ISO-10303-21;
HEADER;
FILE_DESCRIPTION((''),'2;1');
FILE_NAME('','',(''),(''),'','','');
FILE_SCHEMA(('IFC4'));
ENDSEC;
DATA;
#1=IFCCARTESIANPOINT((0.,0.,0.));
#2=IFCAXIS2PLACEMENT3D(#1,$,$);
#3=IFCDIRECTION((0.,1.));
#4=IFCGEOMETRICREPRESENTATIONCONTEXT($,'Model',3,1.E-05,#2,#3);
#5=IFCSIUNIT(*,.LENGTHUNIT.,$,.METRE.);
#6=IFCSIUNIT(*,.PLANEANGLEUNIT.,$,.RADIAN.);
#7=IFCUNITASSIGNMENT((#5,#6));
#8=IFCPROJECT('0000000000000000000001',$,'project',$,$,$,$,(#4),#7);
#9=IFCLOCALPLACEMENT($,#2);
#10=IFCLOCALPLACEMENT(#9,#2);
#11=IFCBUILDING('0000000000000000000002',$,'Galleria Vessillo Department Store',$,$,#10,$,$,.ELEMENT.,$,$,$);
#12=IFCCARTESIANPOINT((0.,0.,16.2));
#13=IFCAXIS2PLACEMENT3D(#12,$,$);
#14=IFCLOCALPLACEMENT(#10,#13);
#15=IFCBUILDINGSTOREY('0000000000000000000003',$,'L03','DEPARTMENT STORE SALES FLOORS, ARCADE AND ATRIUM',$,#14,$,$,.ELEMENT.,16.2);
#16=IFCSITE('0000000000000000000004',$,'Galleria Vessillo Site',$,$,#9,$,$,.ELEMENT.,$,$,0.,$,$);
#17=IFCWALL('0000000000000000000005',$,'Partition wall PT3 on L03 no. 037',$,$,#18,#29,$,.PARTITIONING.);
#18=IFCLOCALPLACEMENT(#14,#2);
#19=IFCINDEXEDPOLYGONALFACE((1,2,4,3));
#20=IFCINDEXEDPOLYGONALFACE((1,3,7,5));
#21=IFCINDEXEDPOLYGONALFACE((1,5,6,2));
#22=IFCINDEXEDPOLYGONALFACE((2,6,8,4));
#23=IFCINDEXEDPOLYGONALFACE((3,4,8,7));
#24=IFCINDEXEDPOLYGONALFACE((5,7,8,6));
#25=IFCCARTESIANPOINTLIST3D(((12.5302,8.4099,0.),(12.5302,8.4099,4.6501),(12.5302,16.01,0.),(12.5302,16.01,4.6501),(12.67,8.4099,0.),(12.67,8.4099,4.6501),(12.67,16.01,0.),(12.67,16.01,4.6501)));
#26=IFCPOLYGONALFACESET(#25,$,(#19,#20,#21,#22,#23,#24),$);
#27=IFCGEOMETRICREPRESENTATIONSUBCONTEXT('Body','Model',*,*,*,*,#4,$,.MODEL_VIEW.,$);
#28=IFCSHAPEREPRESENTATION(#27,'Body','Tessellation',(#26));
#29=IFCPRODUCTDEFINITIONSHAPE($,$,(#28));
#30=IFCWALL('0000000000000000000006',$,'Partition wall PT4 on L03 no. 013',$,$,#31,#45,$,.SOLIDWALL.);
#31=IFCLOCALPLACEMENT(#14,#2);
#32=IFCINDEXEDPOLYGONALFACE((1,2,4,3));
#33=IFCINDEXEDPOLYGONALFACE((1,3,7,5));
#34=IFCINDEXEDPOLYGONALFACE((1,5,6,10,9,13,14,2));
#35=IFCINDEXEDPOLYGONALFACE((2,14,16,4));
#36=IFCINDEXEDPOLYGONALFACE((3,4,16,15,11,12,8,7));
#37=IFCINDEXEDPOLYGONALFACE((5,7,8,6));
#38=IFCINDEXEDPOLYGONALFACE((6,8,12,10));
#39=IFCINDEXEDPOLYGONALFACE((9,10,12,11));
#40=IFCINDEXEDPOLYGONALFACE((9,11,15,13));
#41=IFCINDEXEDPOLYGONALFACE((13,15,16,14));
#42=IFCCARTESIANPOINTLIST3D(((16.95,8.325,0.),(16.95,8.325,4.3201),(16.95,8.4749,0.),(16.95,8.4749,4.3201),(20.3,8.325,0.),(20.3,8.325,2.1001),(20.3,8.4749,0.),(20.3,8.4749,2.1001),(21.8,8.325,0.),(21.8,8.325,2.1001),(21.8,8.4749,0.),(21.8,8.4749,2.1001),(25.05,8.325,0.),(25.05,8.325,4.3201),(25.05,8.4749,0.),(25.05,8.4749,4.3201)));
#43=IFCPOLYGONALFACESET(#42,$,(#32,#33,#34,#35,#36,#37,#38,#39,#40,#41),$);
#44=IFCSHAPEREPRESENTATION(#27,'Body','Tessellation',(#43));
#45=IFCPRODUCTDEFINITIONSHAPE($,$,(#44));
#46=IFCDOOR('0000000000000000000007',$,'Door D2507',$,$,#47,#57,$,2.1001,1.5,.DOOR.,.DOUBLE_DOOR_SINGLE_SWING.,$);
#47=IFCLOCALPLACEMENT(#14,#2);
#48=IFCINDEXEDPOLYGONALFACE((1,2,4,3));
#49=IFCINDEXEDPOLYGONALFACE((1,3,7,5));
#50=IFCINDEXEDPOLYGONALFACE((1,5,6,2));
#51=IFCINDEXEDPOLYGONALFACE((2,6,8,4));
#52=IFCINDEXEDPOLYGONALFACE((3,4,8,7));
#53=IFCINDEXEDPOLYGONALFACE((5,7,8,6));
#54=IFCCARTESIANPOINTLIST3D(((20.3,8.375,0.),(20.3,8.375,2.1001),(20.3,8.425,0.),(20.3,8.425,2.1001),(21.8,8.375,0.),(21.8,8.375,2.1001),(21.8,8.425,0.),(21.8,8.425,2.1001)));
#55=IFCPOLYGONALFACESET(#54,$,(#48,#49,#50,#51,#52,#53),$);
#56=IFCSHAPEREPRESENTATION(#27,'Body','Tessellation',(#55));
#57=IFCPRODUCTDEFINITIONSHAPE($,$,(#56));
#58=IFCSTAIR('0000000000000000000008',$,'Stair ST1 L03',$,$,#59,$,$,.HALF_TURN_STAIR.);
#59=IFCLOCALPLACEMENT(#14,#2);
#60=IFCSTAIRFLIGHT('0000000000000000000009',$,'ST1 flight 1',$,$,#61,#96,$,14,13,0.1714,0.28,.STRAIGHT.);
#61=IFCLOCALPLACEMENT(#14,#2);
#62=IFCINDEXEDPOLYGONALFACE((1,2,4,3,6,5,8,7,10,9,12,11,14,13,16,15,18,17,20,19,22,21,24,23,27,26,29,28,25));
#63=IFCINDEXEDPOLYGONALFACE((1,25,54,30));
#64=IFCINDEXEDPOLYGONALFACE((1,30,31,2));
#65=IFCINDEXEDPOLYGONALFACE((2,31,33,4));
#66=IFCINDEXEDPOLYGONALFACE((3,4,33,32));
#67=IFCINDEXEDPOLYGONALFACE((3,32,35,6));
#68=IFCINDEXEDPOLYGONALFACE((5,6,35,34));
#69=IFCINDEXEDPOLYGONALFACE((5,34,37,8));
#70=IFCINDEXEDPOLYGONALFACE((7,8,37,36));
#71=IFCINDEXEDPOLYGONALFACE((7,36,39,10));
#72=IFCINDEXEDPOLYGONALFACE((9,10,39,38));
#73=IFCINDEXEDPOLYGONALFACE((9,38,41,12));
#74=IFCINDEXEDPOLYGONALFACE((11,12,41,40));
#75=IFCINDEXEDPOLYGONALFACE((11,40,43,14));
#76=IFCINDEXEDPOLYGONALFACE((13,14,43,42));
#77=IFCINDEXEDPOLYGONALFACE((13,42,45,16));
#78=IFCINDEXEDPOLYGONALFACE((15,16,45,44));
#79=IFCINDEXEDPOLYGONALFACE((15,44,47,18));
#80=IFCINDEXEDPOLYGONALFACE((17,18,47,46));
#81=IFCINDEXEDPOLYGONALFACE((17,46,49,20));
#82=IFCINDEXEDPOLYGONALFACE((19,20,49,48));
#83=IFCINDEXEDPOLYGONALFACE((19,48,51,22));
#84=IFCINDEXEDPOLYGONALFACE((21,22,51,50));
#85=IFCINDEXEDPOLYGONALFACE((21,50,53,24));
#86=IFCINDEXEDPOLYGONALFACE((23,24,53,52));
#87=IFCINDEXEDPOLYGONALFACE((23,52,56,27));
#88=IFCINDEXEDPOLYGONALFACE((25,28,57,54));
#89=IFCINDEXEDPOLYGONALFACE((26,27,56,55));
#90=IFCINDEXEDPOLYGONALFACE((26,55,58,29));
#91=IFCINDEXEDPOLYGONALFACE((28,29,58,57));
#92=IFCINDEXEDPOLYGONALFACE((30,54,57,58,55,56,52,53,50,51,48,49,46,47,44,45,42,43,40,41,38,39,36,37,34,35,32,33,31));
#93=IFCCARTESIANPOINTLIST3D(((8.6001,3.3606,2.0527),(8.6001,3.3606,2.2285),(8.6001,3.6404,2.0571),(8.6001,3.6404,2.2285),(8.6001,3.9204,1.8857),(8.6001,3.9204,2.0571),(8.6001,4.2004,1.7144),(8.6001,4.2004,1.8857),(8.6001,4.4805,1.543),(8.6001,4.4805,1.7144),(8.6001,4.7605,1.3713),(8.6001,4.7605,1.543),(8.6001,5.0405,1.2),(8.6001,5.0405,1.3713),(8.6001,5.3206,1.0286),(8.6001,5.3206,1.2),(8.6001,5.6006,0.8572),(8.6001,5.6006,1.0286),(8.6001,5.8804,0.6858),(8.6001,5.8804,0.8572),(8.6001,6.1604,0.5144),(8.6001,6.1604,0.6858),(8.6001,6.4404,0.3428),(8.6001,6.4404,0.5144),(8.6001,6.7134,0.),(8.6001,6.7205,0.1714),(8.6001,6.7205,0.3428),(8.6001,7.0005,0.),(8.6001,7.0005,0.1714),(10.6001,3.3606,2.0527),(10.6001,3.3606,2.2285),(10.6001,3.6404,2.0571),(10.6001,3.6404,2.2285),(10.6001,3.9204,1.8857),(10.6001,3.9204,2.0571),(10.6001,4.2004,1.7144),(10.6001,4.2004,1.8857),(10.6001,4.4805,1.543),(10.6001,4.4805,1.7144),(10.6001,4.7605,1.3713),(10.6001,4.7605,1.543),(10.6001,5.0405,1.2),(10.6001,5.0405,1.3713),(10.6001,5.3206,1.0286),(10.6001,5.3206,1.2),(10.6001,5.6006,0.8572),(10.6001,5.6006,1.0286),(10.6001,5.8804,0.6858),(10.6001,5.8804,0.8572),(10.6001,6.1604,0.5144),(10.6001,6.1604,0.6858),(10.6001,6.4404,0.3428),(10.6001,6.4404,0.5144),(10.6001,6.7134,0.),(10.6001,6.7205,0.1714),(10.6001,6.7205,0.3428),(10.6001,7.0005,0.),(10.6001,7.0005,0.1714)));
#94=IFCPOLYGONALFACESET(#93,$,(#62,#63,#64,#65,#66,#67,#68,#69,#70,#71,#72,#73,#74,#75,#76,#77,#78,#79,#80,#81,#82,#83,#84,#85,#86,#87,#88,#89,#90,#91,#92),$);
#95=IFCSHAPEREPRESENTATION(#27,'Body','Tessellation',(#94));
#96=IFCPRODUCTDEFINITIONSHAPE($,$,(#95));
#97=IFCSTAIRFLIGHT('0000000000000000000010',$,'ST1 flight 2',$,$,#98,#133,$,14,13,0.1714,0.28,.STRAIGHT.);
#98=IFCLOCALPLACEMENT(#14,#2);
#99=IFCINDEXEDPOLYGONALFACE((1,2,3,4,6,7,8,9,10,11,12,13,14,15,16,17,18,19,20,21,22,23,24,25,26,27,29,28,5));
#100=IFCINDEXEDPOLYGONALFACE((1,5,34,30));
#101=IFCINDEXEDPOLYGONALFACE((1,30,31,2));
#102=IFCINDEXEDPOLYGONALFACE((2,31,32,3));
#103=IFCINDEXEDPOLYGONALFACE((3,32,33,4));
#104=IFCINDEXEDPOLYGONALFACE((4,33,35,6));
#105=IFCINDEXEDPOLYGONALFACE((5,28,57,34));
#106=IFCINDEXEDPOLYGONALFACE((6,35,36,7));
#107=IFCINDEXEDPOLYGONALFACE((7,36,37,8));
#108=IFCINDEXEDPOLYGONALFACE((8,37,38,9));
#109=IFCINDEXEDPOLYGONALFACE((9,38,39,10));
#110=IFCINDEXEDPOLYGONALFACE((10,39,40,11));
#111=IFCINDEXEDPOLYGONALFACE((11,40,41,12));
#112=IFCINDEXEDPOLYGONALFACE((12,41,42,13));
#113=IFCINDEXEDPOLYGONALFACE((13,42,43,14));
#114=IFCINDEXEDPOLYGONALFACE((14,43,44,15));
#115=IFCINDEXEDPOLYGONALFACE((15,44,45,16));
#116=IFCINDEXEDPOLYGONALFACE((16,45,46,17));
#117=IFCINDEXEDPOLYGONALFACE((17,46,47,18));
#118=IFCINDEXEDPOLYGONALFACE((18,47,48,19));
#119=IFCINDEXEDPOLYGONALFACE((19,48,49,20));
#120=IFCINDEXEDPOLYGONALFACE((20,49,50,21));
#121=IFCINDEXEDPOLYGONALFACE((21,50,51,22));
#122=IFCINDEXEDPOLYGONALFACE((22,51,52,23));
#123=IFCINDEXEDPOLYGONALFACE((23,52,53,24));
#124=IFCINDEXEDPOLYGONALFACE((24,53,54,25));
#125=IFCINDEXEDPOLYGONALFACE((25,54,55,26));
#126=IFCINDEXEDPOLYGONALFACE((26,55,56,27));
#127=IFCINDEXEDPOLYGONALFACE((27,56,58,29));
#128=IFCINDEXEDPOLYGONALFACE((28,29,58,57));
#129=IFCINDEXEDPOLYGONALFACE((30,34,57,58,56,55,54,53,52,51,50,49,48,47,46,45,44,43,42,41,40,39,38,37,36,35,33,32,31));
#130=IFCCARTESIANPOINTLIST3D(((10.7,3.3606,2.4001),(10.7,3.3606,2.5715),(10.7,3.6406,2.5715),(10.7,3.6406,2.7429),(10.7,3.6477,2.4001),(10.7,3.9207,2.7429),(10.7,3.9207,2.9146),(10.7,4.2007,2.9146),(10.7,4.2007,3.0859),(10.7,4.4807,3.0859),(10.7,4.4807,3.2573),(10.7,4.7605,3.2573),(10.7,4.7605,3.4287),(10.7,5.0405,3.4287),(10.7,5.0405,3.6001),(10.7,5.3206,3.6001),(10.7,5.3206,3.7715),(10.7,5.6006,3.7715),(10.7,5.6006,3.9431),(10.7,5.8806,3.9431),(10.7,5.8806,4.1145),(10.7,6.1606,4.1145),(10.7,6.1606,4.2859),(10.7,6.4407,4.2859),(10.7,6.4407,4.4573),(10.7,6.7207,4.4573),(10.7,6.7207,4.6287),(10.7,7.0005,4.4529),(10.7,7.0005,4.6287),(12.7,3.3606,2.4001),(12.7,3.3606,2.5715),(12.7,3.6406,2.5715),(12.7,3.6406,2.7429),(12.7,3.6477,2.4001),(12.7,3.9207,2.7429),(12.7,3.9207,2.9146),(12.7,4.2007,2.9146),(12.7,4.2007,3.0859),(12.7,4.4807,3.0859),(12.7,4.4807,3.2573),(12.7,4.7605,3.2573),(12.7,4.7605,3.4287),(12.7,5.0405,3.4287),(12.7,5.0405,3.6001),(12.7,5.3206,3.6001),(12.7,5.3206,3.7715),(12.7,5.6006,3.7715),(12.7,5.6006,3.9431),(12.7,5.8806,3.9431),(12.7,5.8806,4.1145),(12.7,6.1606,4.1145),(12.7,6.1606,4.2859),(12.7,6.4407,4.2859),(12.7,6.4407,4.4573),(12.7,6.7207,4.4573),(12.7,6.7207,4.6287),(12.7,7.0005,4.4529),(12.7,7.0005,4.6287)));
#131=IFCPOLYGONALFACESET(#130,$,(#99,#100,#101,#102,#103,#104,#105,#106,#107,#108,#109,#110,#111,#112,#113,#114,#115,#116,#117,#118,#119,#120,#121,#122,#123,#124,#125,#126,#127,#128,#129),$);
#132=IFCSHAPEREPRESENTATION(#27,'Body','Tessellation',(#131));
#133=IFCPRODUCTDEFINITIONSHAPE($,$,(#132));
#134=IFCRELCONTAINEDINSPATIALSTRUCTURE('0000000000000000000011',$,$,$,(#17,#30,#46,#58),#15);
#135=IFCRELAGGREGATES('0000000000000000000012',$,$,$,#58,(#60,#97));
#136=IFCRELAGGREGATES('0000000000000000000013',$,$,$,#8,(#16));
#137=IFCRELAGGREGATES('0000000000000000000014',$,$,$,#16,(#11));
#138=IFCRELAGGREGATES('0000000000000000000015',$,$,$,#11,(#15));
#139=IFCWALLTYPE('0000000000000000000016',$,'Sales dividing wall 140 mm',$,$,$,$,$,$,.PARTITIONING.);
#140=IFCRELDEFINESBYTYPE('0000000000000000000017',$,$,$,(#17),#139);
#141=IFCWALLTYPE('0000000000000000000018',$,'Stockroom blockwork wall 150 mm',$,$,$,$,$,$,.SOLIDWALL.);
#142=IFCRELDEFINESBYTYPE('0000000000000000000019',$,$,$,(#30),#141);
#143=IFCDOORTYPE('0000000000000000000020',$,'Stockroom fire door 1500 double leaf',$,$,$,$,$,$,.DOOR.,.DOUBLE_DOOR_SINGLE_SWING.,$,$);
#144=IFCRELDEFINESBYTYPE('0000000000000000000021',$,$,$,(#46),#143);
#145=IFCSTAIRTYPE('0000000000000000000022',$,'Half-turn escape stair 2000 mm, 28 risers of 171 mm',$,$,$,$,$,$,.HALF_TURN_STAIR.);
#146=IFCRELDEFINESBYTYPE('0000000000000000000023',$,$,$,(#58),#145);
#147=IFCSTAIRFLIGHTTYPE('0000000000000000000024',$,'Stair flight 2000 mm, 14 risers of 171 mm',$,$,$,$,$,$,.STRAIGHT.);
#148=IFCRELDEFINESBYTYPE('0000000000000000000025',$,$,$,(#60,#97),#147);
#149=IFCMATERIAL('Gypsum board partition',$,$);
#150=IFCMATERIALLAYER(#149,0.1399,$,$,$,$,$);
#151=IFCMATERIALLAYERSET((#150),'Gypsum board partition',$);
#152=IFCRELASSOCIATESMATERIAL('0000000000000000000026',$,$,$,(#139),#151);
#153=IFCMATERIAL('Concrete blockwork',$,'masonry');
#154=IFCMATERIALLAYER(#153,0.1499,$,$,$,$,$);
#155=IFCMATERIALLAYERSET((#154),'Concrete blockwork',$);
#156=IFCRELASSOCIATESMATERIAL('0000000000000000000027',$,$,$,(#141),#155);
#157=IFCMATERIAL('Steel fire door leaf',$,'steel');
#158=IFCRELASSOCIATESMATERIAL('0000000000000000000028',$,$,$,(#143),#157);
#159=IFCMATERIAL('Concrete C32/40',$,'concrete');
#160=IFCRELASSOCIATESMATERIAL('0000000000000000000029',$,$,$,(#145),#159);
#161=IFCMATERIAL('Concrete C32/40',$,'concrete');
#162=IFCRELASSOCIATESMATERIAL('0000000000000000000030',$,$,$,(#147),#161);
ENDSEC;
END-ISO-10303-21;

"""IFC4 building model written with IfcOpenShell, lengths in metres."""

from ifc_helpers import new_model, si_unit, direction, frame, frame_2d, origin, place, context, subcontext, project, spatial, polyline, rectangle, outline, extrude, material, layer, layer_set, type_object, element, fill, aggregate, save


model = new_model("IFC4")

# Units and contexts
model_context = context("Model", 3, precision=1e-05, world=origin(), true_north=direction((0.0, 1.0)))
body_context = subcontext(model_context, "Body", "Model", "MODEL_VIEW")
ifc_project = project(units=[si_unit("LENGTHUNIT", "METRE"), si_unit("PLANEANGLEUNIT", "RADIAN")], contexts=[model_context])

# Site, building, storey
site_placement = place(None, origin())
site = spatial("IfcSite", under=ifc_project, at=site_placement, Name="Galleria Vessillo Site", CompositionType="ELEMENT", RefElevation=0.0)
building_placement = place(site_placement, origin())
building = spatial("IfcBuilding", under=site, at=building_placement, Name="Galleria Vessillo Department Store", CompositionType="ELEMENT")
storey_placement = place(building_placement, frame((0.0, 0.0, 16.2)))
storey = spatial("IfcBuildingStorey", under=building, at=storey_placement, Name="L03", Description="DEPARTMENT STORE SALES FLOORS, ARCADE AND ATRIUM", CompositionType="ELEMENT", Elevation=16.2)

# Wall
ifc_material_1 = material(Name="Gypsum board partition")
ifc_layer_1 = layer(ifc_material_1, 0.1399)
ifc_layer_set_1 = layer_set([ifc_layer_1], Name="Gypsum board partition")
wall_type_1 = type_object("IfcWallType", Name="Sales dividing wall 140 mm", PredefinedType="PARTITIONING", material=ifc_layer_set_1)
wall_1_placement = place(storey_placement, frame((12.6001, 8.4099, 0.0), z_axis=(0.0, 0.0, 1.0), x_axis=(0.0, 1.0, 0.0)))
element("IfcWall", 1, at=wall_1_placement, inside=storey, type_object=wall_type_1, Name="Partition wall PT3 on L03 no. 037", PredefinedType="PARTITIONING", context=body_context, shape_type="SweptSolid", body=[
    extrude(rectangle(XDim=7.6001, YDim=0.1399, at=frame_2d((3.8, 0.0))), origin(), (0.0, 0.0, 1.0), 4.6501),
])

# Wall, opening, door
ifc_material_2 = material(Name="Concrete blockwork", Category="masonry")
ifc_layer_2 = layer(ifc_material_2, 0.1499)
ifc_layer_set_2 = layer_set([ifc_layer_2], Name="Concrete blockwork")
wall_type_2 = type_object("IfcWallType", Name="Stockroom blockwork wall 150 mm", PredefinedType="SOLIDWALL", material=ifc_layer_set_2)
wall_2_placement = place(storey_placement, frame((16.95, 8.3999, 0.0), z_axis=(0.0, 0.0, 1.0), x_axis=(1.0, 0.0, 0.0)))
wall_2 = element("IfcWall", 2, at=wall_2_placement, inside=storey, type_object=wall_type_2, Name="Partition wall PT4 on L03 no. 013", PredefinedType="SOLIDWALL", context=body_context, shape_type="SweptSolid", body=[
    extrude(rectangle(XDim=8.1001, YDim=0.1499, at=frame_2d((4.05, 0.0))), origin(), (0.0, 0.0, 1.0), 4.3201),
])
opening_1_placement = place(wall_2_placement, frame((3.3501, 0.0, 0.0)))
opening_1 = element("IfcOpeningElement", 3, at=opening_1_placement, cuts=wall_2, PredefinedType="OPENING", context=body_context, shape_type="SweptSolid", body=[
    extrude(rectangle(XDim=1.5, YDim=2.1001, at=frame_2d((0.75, 1.05))), frame((0.0, 0.085, 0.0), z_axis=(0.0, -1.0, 0.0), x_axis=(1.0, 0.0, 0.0)), (0.0, 0.0, 1.0), 0.1699),
])
ifc_material_3 = material(Name="Steel fire door leaf", Category="steel")
door_type_1 = type_object("IfcDoorType", Name="Stockroom fire door 1500 double leaf", OperationType="DOUBLE_DOOR_SINGLE_SWING", PredefinedType="DOOR", material=ifc_material_3)
door_1_placement = place(opening_1_placement, frame((1.5, 0.0, 0.0), z_axis=(0.0, 0.0, 1.0), x_axis=(-1.0, 0.0, 0.0)))
door_1 = element("IfcDoor", 4, at=door_1_placement, inside=storey, type_object=door_type_1, Name="Door D2507", OperationType="DOUBLE_DOOR_SINGLE_SWING", OverallHeight=2.1001, OverallWidth=1.5, PredefinedType="DOOR", context=body_context, shape_type="SweptSolid", body=[
    extrude(rectangle(XDim=1.5, YDim=2.1001, at=frame_2d((0.75, 1.05))), frame((0.0, 0.0249, 0.0), z_axis=(0.0, -1.0, 0.0), x_axis=(1.0, 0.0, 0.0)), (0.0, 0.0, 1.0), 0.05),
])
fill(opening_1, door_1)

# Stair, stair flights
ifc_material_4 = material(Name="Concrete C32/40", Category="concrete")
stair_type = type_object("IfcStairType", Name="Half-turn escape stair 2000 mm, 28 risers of 171 mm", PredefinedType="HALF_TURN_STAIR", material=ifc_material_4)
stair_placement = place(storey_placement, origin())
stair = element("IfcStair", 5, at=stair_placement, inside=storey, type_object=stair_type, Name="Stair ST1 L03", PredefinedType="HALF_TURN_STAIR")
ifc_material_5 = material(Name="Concrete C32/40", Category="concrete")
stair_flight_type = type_object("IfcStairFlightType", Name="Stair flight 2000 mm, 14 risers of 171 mm", PredefinedType="STRAIGHT", material=ifc_material_5)
stair_flight_1_placement = place(storey_placement, frame((9.6001, 7.0005, 0.0), z_axis=(0.0, 0.0, 1.0), x_axis=(0.0, -1.0, 0.0)))
stair_flight_1 = element("IfcStairFlight", 6, at=stair_flight_1_placement, type_object=stair_flight_type, Name="ST1 flight 1", NumberOfRisers=14, NumberOfTreads=13, PredefinedType="STRAIGHT", RiserHeight=0.1714, TreadLength=0.28, context=body_context, shape_type="SweptSolid", body=[
    extrude(outline(polyline([(0.0, 0.0), (0.0, 0.1714), (0.28, 0.1714), (0.28, 0.3428), (0.5601, 0.3428), (0.5601, 0.5144), (0.8401, 0.5144), (0.8401, 0.6858), (1.1201, 0.6858), (1.1201, 0.8572), (1.3999, 0.8572), (1.3999, 1.0286), (1.6799, 1.0286), (1.6799, 1.2), (1.96, 1.2), (1.96, 1.3713), (2.24, 1.3713), (2.24, 1.543), (2.52, 1.543), (2.52, 1.7144), (2.8, 1.7144), (2.8, 1.8857), (3.0801, 1.8857), (3.0801, 2.0571), (3.3601, 2.0571), (3.3601, 2.2285), (3.6399, 2.2285), (3.6399, 2.3999), (3.6399, 2.0527), (0.2871, 0.0), (0.0, 0.0)])), frame((0.0, 1.0, 0.0), z_axis=(0.0, -1.0, 0.0), x_axis=(1.0, 0.0, 0.0)), (0.0, 0.0, 1.0), 2.0),
])
stair_flight_2_placement = place(storey_placement, frame((11.7, 3.3606, 2.4001), z_axis=(0.0, 0.0, 1.0), x_axis=(0.0, 1.0, 0.0)))
stair_flight_2 = element("IfcStairFlight", 7, at=stair_flight_2_placement, type_object=stair_flight_type, Name="ST1 flight 2", NumberOfRisers=14, NumberOfTreads=13, PredefinedType="STRAIGHT", RiserHeight=0.1714, TreadLength=0.28, context=body_context, shape_type="SweptSolid", body=[
    extrude(outline(polyline([(0.0, 0.0), (0.0, 0.1714), (0.28, 0.1714), (0.28, 0.3428), (0.5601, 0.3428), (0.5601, 0.5144), (0.8401, 0.5144), (0.8401, 0.6858), (1.1201, 0.6858), (1.1201, 0.8572), (1.3999, 0.8572), (1.3999, 1.0286), (1.6799, 1.0286), (1.6799, 1.2), (1.96, 1.2), (1.96, 1.3713), (2.24, 1.3713), (2.24, 1.543), (2.52, 1.543), (2.52, 1.7144), (2.8, 1.7144), (2.8, 1.8857), (3.0801, 1.8857), (3.0801, 2.0571), (3.3601, 2.0571), (3.3601, 2.2285), (3.6399, 2.2285), (3.6399, 2.3999), (3.6399, 2.0527), (0.2871, 0.0), (0.0, 0.0)])), frame((0.0, 1.0, 0.0), z_axis=(0.0, -1.0, 0.0), x_axis=(1.0, 0.0, 0.0)), (0.0, 0.0, 1.0), 2.0),
])
aggregate(stair, [stair_flight_1, stair_flight_2])

save(model, "model.ifc")
